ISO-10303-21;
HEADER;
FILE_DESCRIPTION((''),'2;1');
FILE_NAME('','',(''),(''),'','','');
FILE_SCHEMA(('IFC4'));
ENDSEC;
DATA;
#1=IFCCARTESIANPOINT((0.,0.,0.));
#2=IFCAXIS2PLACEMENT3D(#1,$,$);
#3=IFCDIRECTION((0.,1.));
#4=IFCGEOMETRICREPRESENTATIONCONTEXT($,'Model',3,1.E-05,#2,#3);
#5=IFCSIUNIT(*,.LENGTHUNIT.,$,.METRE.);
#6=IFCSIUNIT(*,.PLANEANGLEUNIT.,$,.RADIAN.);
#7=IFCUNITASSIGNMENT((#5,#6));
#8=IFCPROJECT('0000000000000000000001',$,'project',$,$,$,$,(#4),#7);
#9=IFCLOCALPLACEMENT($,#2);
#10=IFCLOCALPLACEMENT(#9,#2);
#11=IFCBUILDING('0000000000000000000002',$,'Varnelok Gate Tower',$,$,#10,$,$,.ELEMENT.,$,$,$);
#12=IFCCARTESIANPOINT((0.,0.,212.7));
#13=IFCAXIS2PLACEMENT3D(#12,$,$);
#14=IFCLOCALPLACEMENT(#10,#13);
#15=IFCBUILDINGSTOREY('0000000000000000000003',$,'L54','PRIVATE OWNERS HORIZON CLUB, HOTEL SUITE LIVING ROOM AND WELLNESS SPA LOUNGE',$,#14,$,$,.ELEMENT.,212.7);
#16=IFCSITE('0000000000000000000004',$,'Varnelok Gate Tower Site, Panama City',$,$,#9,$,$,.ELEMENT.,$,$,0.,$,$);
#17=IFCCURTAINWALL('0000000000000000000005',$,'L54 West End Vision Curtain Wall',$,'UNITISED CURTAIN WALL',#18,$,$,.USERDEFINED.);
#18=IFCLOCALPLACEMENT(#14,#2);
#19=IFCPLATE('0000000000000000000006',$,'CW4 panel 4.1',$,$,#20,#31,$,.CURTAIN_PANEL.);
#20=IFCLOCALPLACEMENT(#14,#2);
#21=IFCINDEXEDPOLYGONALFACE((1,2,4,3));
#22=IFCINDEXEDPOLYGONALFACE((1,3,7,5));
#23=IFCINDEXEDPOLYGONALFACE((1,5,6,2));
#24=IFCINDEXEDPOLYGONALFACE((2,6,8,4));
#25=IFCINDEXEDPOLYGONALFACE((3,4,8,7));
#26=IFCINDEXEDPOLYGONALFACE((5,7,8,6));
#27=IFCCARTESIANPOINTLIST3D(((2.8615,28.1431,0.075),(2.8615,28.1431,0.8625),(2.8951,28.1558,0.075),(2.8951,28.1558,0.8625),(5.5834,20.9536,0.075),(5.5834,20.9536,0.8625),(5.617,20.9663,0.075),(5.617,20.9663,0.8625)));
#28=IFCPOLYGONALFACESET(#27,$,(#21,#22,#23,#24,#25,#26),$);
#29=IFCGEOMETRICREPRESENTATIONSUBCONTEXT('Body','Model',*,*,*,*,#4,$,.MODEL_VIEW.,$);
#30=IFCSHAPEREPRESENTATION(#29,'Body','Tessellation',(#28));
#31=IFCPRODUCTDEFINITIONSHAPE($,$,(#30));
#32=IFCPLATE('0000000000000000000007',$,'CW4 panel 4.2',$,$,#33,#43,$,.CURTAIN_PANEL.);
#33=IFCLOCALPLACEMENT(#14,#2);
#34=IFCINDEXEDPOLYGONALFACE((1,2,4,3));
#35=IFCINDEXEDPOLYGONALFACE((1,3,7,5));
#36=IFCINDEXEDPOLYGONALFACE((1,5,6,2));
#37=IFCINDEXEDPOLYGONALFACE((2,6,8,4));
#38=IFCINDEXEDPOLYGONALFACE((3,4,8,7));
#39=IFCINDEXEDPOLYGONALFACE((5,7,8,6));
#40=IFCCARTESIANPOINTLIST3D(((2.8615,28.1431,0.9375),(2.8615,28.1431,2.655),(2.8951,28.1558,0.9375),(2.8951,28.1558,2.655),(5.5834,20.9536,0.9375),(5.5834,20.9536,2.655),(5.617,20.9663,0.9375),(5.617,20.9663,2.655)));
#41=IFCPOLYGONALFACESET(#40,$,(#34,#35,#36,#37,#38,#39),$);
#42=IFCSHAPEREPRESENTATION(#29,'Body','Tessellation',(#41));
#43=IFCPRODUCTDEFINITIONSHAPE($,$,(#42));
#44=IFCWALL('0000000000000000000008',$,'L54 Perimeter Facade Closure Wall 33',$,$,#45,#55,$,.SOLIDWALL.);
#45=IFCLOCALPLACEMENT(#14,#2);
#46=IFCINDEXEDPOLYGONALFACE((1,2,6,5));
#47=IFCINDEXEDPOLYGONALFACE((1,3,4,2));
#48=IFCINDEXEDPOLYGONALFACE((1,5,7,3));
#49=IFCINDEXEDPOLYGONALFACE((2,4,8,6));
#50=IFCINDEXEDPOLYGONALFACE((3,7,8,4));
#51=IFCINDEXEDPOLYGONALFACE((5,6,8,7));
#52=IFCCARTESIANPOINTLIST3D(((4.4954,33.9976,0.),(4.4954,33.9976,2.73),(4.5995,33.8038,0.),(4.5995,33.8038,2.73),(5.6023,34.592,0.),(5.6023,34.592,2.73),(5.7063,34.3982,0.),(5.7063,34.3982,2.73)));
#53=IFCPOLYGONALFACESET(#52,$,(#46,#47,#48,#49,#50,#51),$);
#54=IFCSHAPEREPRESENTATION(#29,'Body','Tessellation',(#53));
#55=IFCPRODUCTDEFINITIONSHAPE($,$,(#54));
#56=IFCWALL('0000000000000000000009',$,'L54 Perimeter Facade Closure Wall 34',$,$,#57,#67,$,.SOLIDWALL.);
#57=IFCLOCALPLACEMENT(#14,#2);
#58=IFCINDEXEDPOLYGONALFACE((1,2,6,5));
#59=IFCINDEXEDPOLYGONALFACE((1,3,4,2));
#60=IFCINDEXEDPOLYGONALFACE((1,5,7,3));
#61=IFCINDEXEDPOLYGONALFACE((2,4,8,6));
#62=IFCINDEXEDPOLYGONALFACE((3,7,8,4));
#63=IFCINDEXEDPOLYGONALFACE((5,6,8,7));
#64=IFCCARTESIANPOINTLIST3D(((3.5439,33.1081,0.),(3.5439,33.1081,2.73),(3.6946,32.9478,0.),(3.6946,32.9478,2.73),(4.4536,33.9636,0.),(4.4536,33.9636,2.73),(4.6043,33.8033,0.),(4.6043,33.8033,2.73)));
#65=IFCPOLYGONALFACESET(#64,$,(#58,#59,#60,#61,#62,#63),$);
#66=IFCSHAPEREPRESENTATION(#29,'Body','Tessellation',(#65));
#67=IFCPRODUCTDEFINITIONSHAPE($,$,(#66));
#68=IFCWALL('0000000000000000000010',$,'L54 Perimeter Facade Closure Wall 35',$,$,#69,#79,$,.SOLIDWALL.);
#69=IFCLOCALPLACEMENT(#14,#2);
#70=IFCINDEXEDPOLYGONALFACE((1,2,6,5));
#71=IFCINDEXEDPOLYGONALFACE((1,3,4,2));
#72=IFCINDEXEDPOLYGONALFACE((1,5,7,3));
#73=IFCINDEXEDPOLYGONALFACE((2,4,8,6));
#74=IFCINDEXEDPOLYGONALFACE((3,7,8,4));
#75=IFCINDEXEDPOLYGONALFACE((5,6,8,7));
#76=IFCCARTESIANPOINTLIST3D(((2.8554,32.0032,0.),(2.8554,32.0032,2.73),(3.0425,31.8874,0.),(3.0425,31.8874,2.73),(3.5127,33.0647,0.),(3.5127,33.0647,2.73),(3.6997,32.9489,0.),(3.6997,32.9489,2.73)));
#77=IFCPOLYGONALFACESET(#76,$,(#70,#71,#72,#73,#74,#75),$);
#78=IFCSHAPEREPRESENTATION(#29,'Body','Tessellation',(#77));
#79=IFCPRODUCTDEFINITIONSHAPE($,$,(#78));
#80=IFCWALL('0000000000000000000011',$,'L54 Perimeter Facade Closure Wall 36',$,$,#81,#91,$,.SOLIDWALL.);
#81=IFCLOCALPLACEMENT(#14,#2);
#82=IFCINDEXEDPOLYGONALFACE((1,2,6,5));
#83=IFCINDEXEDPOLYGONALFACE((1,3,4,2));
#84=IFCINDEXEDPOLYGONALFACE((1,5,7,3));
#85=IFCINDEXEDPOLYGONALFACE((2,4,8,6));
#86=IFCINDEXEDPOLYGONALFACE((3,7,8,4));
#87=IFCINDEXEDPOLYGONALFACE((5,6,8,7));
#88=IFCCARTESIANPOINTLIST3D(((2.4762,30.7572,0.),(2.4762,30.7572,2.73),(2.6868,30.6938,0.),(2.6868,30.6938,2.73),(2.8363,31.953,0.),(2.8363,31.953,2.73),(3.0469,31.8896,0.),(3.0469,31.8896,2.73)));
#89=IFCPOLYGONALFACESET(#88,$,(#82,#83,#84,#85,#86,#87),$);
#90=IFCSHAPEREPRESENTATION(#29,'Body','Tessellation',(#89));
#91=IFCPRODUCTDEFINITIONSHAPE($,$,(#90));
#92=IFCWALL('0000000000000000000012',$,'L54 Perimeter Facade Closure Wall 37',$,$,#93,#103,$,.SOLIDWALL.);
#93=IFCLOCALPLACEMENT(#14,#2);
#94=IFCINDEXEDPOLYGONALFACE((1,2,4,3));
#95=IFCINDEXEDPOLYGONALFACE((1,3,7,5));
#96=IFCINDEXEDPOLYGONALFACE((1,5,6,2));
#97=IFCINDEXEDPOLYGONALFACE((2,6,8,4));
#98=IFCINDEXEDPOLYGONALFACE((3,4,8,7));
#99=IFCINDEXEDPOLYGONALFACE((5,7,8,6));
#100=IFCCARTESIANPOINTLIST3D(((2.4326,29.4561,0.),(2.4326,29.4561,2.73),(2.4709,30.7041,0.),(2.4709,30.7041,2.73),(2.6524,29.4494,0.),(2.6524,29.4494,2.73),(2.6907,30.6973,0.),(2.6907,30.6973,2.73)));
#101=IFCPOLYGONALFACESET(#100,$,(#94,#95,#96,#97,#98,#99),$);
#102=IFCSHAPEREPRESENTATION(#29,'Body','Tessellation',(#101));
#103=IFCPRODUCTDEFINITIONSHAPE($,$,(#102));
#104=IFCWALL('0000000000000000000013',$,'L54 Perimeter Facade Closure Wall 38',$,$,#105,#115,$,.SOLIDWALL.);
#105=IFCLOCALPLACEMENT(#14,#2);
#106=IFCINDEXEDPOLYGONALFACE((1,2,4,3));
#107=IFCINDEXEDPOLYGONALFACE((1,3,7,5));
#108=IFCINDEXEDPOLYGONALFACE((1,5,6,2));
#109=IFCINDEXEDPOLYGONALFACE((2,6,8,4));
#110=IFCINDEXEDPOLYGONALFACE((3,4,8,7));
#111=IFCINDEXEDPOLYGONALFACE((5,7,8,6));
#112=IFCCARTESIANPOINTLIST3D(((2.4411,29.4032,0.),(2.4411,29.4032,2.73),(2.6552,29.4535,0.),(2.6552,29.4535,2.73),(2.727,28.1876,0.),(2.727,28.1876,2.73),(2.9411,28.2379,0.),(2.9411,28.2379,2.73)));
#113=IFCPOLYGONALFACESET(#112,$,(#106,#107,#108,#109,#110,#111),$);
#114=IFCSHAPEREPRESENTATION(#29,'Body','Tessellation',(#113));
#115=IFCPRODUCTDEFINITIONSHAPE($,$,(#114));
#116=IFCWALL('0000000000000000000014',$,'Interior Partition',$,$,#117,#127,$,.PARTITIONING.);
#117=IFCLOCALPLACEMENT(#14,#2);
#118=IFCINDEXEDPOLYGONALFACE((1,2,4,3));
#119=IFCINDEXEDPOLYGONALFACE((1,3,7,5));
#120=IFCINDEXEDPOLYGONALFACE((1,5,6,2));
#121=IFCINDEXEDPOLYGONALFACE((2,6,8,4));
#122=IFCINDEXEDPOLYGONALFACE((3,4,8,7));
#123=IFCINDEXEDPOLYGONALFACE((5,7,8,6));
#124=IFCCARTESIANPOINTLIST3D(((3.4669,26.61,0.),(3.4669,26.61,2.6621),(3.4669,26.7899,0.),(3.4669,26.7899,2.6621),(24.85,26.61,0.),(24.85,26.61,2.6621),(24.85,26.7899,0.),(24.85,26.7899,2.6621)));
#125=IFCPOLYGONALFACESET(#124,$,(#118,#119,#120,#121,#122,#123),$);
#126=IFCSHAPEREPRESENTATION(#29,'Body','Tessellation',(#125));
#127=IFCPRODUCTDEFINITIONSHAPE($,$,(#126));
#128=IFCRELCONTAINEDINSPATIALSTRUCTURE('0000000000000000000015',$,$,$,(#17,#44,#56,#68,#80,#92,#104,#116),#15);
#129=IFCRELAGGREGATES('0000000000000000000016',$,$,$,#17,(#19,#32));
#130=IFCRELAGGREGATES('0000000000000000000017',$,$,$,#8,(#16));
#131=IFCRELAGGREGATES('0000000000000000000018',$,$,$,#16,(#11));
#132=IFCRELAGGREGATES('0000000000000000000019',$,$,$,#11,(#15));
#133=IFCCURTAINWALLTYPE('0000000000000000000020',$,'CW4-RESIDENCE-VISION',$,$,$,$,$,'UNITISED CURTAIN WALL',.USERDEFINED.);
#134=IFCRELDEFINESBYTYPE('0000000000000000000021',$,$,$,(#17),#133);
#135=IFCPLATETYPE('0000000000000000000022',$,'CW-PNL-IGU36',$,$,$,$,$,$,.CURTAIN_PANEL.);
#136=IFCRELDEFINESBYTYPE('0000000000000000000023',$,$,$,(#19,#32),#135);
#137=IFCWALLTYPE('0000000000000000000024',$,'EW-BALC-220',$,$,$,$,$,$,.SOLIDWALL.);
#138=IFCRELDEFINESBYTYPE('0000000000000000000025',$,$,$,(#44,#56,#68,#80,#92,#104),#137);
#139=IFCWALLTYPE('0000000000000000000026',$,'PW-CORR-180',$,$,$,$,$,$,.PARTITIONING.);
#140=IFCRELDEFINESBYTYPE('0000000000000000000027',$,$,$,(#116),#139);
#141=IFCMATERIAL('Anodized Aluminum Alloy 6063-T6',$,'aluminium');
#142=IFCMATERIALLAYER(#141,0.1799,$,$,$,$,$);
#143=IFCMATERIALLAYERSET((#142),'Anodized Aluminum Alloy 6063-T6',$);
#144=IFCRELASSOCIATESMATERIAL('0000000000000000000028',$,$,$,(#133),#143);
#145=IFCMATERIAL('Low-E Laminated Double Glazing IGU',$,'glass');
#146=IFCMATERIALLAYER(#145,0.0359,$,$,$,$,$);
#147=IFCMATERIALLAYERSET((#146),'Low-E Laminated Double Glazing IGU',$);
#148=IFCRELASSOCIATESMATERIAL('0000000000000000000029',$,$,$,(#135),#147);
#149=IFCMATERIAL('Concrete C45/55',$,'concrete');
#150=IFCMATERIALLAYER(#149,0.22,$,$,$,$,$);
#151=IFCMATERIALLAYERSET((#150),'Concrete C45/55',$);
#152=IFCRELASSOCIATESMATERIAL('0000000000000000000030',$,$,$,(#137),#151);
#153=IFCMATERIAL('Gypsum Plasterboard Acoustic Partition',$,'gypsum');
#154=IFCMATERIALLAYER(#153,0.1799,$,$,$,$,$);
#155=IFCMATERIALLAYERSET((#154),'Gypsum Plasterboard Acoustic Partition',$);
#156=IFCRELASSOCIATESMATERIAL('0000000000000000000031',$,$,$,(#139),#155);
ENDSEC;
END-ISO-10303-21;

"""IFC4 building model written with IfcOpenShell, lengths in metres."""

from ifc_helpers import new_model, si_unit, direction, frame, frame_2d, origin, origin_2d, place, context, subcontext, project, spatial, rectangle, extrude, source, transform, mapped, material, layer, layer_set, type_object, element, aggregate, save


model = new_model("IFC4")

# Units and contexts
model_context = context("Model", 3, precision=1e-05, world=origin(), true_north=direction((0.0, 1.0)))
body_context = subcontext(model_context, "Body", "Model", "MODEL_VIEW")
ifc_project = project(units=[si_unit("LENGTHUNIT", "METRE"), si_unit("PLANEANGLEUNIT", "RADIAN")], contexts=[model_context])

# Site, building, storey
site_placement = place(None, origin())
site = spatial("IfcSite", under=ifc_project, at=site_placement, Name="Varnelok Gate Tower Site, Panama City", CompositionType="ELEMENT", RefElevation=0.0)
building_placement = place(site_placement, origin())
building = spatial("IfcBuilding", under=site, at=building_placement, Name="Varnelok Gate Tower", CompositionType="ELEMENT")
storey_placement = place(building_placement, frame((0.0, 0.0, 212.7)))
storey = spatial("IfcBuildingStorey", under=building, at=storey_placement, Name="L54", Description="PRIVATE OWNERS HORIZON CLUB, HOTEL SUITE LIVING ROOM AND WELLNESS SPA LOUNGE", CompositionType="ELEMENT", Elevation=212.7)

# Curtain wall, plates
ifc_material_1 = material(Name="Anodized Aluminum Alloy 6063-T6", Category="aluminium")
ifc_layer_1 = layer(ifc_material_1, 0.1799)
ifc_layer_set_1 = layer_set([ifc_layer_1], Name="Anodized Aluminum Alloy 6063-T6")
curtain_wall_type = type_object("IfcCurtainWallType", Name="CW4-RESIDENCE-VISION", ElementType="UNITISED CURTAIN WALL", PredefinedType="USERDEFINED", material=ifc_layer_set_1)
curtain_wall_placement = place(storey_placement, origin())
curtain_wall = element("IfcCurtainWall", 1, at=curtain_wall_placement, inside=storey, type_object=curtain_wall_type, Name="L54 West End Vision Curtain Wall", ObjectType="UNITISED CURTAIN WALL", PredefinedType="USERDEFINED")
ifc_material_2 = material(Name="Low-E Laminated Double Glazing IGU", Category="glass")
ifc_layer_2 = layer(ifc_material_2, 0.0359)
ifc_layer_set_2 = layer_set([ifc_layer_2], Name="Low-E Laminated Double Glazing IGU")
plate_type = type_object("IfcPlateType", Name="CW-PNL-IGU36", PredefinedType="CURTAIN_PANEL", material=ifc_layer_set_2)
shared_shape_1 = source(origin(), body_context, "Body", "SweptSolid", [
    extrude(rectangle(XDim=7.6875, YDim=0.0359, at=origin_2d()), origin(), (0.0, 0.0, 1.0), 0.7876),
])
plate_1_placement = place(storey_placement, frame((4.2393, 24.5547, 0.075), z_axis=(0.0, 0.0, 1.0), x_axis=(-0.354063, 0.935222, 0.0)))
plate_1 = element("IfcPlate", 2, at=plate_1_placement, type_object=plate_type, Name="CW4 panel 4.1", PredefinedType="CURTAIN_PANEL", context=body_context, shape_type="MappedRepresentation", body=[
    mapped(shared_shape_1, transform((0.0, 0.0, 0.0), scale=1.0)),
])
shared_shape_2 = source(origin(), body_context, "Body", "SweptSolid", [
    extrude(rectangle(XDim=7.6875, YDim=0.0359, at=origin_2d()), origin(), (0.0, 0.0, 1.0), 1.7175),
])
plate_2_placement = place(storey_placement, frame((4.2393, 24.5547, 0.9375), z_axis=(0.0, 0.0, 1.0), x_axis=(-0.354063, 0.935222, 0.0)))
plate_2 = element("IfcPlate", 3, at=plate_2_placement, type_object=plate_type, Name="CW4 panel 4.2", PredefinedType="CURTAIN_PANEL", context=body_context, shape_type="MappedRepresentation", body=[
    mapped(shared_shape_2, transform((0.0, 0.0, 0.0), scale=1.0)),
])
aggregate(curtain_wall, [plate_1, plate_2])

# Walls
ifc_material_3 = material(Name="Concrete C45/55", Category="concrete")
ifc_layer_3 = layer(ifc_material_3, 0.22)
ifc_layer_set_3 = layer_set([ifc_layer_3], Name="Concrete C45/55")
wall_type_1 = type_object("IfcWallType", Name="EW-BALC-220", PredefinedType="SOLIDWALL", material=ifc_layer_set_3)
wall_1_placement = place(storey_placement, frame((5.6543, 34.4951, 0.0), z_axis=(0.0, 0.0, 1.0), x_axis=(-0.880988, -0.473138, 0.0)))
element("IfcWall", 4, at=wall_1_placement, inside=storey, type_object=wall_type_1, Name="L54 Perimeter Facade Closure Wall 33", PredefinedType="SOLIDWALL", context=body_context, shape_type="SweptSolid", body=[
    extrude(rectangle(XDim=1.2563, YDim=0.22, at=frame_2d((0.6282, 0.0))), origin(), (0.0, 0.0, 1.0), 2.73),
])
wall_2_placement = place(storey_placement, frame((4.5291, 33.8835, 0.0), z_axis=(0.0, 0.0, 1.0), x_axis=(-0.728475, -0.685072, 0.0)))
element("IfcWall", 5, at=wall_2_placement, inside=storey, type_object=wall_type_1, Name="L54 Perimeter Facade Closure Wall 34", PredefinedType="SOLIDWALL", context=body_context, shape_type="SweptSolid", body=[
    extrude(rectangle(XDim=1.2488, YDim=0.22, at=frame_2d((0.6245, 0.0))), origin(), (0.0, 0.0, 1.0), 2.73),
])
wall_3_placement = place(storey_placement, frame((3.6062, 33.0068, 0.0), z_axis=(0.0, 0.0, 1.0), x_axis=(-0.526408, -0.850232, 0.0)))
element("IfcWall", 6, at=wall_3_placement, inside=storey, type_object=wall_type_1, Name="L54 Perimeter Facade Closure Wall 35", PredefinedType="SOLIDWALL", context=body_context, shape_type="SweptSolid", body=[
    extrude(rectangle(XDim=1.2485, YDim=0.22, at=frame_2d((0.6243, 0.0))), origin(), (0.0, 0.0, 1.0), 2.73),
])
wall_4_placement = place(storey_placement, frame((2.9417, 31.9214, 0.0), z_axis=(0.0, 0.0, 1.0), x_axis=(-0.288352, -0.957524, 0.0)))
element("IfcWall", 7, at=wall_4_placement, inside=storey, type_object=wall_type_1, Name="L54 Perimeter Facade Closure Wall 36", PredefinedType="SOLIDWALL", context=body_context, shape_type="SweptSolid", body=[
    extrude(rectangle(XDim=1.2488, YDim=0.22, at=frame_2d((0.6245, 0.0))), origin(), (0.0, 0.0, 1.0), 2.73),
])
wall_5_placement = place(storey_placement, frame((2.5808, 30.7007, 0.0), z_axis=(0.0, 0.0, 1.0), x_axis=(-0.030698, -0.999529, 0.0)))
element("IfcWall", 8, at=wall_5_placement, inside=storey, type_object=wall_type_1, Name="L54 Perimeter Facade Closure Wall 37", PredefinedType="SOLIDWALL", context=body_context, shape_type="SweptSolid", body=[
    extrude(rectangle(XDim=1.2485, YDim=0.22, at=frame_2d((0.6243, 0.0))), origin(), (0.0, 0.0, 1.0), 2.73),
])
wall_6_placement = place(storey_placement, frame((2.5481, 29.4285, 0.0), z_axis=(0.0, 0.0, 1.0), x_axis=(0.228941, -0.97344, 0.0)))
element("IfcWall", 9, at=wall_6_placement, inside=storey, type_object=wall_type_1, Name="L54 Perimeter Facade Closure Wall 38", PredefinedType="SOLIDWALL", context=body_context, shape_type="SweptSolid", body=[
    extrude(rectangle(XDim=1.2488, YDim=0.22, at=frame_2d((0.6245, 0.0))), origin(), (0.0, 0.0, 1.0), 2.73),
])
ifc_material_4 = material(Name="Gypsum Plasterboard Acoustic Partition", Category="gypsum")
ifc_layer_4 = layer(ifc_material_4, 0.1799)
ifc_layer_set_4 = layer_set([ifc_layer_4], Name="Gypsum Plasterboard Acoustic Partition")
wall_type_2 = type_object("IfcWallType", Name="PW-CORR-180", PredefinedType="PARTITIONING", material=ifc_layer_set_4)
wall_7_placement = place(storey_placement, frame((3.467, 26.7, 0.0), z_axis=(0.0, 0.0, 1.0), x_axis=(1.0, 0.0, 0.0)))
element("IfcWall", 10, at=wall_7_placement, inside=storey, type_object=wall_type_2, Name="Interior Partition", PredefinedType="PARTITIONING", context=body_context, shape_type="SweptSolid", body=[
    extrude(rectangle(XDim=21.3831, YDim=0.1799, at=frame_2d((10.6914, 0.0))), origin(), (0.0, 0.0, 1.0), 2.6621),
])

save(model, "model.ifc")
